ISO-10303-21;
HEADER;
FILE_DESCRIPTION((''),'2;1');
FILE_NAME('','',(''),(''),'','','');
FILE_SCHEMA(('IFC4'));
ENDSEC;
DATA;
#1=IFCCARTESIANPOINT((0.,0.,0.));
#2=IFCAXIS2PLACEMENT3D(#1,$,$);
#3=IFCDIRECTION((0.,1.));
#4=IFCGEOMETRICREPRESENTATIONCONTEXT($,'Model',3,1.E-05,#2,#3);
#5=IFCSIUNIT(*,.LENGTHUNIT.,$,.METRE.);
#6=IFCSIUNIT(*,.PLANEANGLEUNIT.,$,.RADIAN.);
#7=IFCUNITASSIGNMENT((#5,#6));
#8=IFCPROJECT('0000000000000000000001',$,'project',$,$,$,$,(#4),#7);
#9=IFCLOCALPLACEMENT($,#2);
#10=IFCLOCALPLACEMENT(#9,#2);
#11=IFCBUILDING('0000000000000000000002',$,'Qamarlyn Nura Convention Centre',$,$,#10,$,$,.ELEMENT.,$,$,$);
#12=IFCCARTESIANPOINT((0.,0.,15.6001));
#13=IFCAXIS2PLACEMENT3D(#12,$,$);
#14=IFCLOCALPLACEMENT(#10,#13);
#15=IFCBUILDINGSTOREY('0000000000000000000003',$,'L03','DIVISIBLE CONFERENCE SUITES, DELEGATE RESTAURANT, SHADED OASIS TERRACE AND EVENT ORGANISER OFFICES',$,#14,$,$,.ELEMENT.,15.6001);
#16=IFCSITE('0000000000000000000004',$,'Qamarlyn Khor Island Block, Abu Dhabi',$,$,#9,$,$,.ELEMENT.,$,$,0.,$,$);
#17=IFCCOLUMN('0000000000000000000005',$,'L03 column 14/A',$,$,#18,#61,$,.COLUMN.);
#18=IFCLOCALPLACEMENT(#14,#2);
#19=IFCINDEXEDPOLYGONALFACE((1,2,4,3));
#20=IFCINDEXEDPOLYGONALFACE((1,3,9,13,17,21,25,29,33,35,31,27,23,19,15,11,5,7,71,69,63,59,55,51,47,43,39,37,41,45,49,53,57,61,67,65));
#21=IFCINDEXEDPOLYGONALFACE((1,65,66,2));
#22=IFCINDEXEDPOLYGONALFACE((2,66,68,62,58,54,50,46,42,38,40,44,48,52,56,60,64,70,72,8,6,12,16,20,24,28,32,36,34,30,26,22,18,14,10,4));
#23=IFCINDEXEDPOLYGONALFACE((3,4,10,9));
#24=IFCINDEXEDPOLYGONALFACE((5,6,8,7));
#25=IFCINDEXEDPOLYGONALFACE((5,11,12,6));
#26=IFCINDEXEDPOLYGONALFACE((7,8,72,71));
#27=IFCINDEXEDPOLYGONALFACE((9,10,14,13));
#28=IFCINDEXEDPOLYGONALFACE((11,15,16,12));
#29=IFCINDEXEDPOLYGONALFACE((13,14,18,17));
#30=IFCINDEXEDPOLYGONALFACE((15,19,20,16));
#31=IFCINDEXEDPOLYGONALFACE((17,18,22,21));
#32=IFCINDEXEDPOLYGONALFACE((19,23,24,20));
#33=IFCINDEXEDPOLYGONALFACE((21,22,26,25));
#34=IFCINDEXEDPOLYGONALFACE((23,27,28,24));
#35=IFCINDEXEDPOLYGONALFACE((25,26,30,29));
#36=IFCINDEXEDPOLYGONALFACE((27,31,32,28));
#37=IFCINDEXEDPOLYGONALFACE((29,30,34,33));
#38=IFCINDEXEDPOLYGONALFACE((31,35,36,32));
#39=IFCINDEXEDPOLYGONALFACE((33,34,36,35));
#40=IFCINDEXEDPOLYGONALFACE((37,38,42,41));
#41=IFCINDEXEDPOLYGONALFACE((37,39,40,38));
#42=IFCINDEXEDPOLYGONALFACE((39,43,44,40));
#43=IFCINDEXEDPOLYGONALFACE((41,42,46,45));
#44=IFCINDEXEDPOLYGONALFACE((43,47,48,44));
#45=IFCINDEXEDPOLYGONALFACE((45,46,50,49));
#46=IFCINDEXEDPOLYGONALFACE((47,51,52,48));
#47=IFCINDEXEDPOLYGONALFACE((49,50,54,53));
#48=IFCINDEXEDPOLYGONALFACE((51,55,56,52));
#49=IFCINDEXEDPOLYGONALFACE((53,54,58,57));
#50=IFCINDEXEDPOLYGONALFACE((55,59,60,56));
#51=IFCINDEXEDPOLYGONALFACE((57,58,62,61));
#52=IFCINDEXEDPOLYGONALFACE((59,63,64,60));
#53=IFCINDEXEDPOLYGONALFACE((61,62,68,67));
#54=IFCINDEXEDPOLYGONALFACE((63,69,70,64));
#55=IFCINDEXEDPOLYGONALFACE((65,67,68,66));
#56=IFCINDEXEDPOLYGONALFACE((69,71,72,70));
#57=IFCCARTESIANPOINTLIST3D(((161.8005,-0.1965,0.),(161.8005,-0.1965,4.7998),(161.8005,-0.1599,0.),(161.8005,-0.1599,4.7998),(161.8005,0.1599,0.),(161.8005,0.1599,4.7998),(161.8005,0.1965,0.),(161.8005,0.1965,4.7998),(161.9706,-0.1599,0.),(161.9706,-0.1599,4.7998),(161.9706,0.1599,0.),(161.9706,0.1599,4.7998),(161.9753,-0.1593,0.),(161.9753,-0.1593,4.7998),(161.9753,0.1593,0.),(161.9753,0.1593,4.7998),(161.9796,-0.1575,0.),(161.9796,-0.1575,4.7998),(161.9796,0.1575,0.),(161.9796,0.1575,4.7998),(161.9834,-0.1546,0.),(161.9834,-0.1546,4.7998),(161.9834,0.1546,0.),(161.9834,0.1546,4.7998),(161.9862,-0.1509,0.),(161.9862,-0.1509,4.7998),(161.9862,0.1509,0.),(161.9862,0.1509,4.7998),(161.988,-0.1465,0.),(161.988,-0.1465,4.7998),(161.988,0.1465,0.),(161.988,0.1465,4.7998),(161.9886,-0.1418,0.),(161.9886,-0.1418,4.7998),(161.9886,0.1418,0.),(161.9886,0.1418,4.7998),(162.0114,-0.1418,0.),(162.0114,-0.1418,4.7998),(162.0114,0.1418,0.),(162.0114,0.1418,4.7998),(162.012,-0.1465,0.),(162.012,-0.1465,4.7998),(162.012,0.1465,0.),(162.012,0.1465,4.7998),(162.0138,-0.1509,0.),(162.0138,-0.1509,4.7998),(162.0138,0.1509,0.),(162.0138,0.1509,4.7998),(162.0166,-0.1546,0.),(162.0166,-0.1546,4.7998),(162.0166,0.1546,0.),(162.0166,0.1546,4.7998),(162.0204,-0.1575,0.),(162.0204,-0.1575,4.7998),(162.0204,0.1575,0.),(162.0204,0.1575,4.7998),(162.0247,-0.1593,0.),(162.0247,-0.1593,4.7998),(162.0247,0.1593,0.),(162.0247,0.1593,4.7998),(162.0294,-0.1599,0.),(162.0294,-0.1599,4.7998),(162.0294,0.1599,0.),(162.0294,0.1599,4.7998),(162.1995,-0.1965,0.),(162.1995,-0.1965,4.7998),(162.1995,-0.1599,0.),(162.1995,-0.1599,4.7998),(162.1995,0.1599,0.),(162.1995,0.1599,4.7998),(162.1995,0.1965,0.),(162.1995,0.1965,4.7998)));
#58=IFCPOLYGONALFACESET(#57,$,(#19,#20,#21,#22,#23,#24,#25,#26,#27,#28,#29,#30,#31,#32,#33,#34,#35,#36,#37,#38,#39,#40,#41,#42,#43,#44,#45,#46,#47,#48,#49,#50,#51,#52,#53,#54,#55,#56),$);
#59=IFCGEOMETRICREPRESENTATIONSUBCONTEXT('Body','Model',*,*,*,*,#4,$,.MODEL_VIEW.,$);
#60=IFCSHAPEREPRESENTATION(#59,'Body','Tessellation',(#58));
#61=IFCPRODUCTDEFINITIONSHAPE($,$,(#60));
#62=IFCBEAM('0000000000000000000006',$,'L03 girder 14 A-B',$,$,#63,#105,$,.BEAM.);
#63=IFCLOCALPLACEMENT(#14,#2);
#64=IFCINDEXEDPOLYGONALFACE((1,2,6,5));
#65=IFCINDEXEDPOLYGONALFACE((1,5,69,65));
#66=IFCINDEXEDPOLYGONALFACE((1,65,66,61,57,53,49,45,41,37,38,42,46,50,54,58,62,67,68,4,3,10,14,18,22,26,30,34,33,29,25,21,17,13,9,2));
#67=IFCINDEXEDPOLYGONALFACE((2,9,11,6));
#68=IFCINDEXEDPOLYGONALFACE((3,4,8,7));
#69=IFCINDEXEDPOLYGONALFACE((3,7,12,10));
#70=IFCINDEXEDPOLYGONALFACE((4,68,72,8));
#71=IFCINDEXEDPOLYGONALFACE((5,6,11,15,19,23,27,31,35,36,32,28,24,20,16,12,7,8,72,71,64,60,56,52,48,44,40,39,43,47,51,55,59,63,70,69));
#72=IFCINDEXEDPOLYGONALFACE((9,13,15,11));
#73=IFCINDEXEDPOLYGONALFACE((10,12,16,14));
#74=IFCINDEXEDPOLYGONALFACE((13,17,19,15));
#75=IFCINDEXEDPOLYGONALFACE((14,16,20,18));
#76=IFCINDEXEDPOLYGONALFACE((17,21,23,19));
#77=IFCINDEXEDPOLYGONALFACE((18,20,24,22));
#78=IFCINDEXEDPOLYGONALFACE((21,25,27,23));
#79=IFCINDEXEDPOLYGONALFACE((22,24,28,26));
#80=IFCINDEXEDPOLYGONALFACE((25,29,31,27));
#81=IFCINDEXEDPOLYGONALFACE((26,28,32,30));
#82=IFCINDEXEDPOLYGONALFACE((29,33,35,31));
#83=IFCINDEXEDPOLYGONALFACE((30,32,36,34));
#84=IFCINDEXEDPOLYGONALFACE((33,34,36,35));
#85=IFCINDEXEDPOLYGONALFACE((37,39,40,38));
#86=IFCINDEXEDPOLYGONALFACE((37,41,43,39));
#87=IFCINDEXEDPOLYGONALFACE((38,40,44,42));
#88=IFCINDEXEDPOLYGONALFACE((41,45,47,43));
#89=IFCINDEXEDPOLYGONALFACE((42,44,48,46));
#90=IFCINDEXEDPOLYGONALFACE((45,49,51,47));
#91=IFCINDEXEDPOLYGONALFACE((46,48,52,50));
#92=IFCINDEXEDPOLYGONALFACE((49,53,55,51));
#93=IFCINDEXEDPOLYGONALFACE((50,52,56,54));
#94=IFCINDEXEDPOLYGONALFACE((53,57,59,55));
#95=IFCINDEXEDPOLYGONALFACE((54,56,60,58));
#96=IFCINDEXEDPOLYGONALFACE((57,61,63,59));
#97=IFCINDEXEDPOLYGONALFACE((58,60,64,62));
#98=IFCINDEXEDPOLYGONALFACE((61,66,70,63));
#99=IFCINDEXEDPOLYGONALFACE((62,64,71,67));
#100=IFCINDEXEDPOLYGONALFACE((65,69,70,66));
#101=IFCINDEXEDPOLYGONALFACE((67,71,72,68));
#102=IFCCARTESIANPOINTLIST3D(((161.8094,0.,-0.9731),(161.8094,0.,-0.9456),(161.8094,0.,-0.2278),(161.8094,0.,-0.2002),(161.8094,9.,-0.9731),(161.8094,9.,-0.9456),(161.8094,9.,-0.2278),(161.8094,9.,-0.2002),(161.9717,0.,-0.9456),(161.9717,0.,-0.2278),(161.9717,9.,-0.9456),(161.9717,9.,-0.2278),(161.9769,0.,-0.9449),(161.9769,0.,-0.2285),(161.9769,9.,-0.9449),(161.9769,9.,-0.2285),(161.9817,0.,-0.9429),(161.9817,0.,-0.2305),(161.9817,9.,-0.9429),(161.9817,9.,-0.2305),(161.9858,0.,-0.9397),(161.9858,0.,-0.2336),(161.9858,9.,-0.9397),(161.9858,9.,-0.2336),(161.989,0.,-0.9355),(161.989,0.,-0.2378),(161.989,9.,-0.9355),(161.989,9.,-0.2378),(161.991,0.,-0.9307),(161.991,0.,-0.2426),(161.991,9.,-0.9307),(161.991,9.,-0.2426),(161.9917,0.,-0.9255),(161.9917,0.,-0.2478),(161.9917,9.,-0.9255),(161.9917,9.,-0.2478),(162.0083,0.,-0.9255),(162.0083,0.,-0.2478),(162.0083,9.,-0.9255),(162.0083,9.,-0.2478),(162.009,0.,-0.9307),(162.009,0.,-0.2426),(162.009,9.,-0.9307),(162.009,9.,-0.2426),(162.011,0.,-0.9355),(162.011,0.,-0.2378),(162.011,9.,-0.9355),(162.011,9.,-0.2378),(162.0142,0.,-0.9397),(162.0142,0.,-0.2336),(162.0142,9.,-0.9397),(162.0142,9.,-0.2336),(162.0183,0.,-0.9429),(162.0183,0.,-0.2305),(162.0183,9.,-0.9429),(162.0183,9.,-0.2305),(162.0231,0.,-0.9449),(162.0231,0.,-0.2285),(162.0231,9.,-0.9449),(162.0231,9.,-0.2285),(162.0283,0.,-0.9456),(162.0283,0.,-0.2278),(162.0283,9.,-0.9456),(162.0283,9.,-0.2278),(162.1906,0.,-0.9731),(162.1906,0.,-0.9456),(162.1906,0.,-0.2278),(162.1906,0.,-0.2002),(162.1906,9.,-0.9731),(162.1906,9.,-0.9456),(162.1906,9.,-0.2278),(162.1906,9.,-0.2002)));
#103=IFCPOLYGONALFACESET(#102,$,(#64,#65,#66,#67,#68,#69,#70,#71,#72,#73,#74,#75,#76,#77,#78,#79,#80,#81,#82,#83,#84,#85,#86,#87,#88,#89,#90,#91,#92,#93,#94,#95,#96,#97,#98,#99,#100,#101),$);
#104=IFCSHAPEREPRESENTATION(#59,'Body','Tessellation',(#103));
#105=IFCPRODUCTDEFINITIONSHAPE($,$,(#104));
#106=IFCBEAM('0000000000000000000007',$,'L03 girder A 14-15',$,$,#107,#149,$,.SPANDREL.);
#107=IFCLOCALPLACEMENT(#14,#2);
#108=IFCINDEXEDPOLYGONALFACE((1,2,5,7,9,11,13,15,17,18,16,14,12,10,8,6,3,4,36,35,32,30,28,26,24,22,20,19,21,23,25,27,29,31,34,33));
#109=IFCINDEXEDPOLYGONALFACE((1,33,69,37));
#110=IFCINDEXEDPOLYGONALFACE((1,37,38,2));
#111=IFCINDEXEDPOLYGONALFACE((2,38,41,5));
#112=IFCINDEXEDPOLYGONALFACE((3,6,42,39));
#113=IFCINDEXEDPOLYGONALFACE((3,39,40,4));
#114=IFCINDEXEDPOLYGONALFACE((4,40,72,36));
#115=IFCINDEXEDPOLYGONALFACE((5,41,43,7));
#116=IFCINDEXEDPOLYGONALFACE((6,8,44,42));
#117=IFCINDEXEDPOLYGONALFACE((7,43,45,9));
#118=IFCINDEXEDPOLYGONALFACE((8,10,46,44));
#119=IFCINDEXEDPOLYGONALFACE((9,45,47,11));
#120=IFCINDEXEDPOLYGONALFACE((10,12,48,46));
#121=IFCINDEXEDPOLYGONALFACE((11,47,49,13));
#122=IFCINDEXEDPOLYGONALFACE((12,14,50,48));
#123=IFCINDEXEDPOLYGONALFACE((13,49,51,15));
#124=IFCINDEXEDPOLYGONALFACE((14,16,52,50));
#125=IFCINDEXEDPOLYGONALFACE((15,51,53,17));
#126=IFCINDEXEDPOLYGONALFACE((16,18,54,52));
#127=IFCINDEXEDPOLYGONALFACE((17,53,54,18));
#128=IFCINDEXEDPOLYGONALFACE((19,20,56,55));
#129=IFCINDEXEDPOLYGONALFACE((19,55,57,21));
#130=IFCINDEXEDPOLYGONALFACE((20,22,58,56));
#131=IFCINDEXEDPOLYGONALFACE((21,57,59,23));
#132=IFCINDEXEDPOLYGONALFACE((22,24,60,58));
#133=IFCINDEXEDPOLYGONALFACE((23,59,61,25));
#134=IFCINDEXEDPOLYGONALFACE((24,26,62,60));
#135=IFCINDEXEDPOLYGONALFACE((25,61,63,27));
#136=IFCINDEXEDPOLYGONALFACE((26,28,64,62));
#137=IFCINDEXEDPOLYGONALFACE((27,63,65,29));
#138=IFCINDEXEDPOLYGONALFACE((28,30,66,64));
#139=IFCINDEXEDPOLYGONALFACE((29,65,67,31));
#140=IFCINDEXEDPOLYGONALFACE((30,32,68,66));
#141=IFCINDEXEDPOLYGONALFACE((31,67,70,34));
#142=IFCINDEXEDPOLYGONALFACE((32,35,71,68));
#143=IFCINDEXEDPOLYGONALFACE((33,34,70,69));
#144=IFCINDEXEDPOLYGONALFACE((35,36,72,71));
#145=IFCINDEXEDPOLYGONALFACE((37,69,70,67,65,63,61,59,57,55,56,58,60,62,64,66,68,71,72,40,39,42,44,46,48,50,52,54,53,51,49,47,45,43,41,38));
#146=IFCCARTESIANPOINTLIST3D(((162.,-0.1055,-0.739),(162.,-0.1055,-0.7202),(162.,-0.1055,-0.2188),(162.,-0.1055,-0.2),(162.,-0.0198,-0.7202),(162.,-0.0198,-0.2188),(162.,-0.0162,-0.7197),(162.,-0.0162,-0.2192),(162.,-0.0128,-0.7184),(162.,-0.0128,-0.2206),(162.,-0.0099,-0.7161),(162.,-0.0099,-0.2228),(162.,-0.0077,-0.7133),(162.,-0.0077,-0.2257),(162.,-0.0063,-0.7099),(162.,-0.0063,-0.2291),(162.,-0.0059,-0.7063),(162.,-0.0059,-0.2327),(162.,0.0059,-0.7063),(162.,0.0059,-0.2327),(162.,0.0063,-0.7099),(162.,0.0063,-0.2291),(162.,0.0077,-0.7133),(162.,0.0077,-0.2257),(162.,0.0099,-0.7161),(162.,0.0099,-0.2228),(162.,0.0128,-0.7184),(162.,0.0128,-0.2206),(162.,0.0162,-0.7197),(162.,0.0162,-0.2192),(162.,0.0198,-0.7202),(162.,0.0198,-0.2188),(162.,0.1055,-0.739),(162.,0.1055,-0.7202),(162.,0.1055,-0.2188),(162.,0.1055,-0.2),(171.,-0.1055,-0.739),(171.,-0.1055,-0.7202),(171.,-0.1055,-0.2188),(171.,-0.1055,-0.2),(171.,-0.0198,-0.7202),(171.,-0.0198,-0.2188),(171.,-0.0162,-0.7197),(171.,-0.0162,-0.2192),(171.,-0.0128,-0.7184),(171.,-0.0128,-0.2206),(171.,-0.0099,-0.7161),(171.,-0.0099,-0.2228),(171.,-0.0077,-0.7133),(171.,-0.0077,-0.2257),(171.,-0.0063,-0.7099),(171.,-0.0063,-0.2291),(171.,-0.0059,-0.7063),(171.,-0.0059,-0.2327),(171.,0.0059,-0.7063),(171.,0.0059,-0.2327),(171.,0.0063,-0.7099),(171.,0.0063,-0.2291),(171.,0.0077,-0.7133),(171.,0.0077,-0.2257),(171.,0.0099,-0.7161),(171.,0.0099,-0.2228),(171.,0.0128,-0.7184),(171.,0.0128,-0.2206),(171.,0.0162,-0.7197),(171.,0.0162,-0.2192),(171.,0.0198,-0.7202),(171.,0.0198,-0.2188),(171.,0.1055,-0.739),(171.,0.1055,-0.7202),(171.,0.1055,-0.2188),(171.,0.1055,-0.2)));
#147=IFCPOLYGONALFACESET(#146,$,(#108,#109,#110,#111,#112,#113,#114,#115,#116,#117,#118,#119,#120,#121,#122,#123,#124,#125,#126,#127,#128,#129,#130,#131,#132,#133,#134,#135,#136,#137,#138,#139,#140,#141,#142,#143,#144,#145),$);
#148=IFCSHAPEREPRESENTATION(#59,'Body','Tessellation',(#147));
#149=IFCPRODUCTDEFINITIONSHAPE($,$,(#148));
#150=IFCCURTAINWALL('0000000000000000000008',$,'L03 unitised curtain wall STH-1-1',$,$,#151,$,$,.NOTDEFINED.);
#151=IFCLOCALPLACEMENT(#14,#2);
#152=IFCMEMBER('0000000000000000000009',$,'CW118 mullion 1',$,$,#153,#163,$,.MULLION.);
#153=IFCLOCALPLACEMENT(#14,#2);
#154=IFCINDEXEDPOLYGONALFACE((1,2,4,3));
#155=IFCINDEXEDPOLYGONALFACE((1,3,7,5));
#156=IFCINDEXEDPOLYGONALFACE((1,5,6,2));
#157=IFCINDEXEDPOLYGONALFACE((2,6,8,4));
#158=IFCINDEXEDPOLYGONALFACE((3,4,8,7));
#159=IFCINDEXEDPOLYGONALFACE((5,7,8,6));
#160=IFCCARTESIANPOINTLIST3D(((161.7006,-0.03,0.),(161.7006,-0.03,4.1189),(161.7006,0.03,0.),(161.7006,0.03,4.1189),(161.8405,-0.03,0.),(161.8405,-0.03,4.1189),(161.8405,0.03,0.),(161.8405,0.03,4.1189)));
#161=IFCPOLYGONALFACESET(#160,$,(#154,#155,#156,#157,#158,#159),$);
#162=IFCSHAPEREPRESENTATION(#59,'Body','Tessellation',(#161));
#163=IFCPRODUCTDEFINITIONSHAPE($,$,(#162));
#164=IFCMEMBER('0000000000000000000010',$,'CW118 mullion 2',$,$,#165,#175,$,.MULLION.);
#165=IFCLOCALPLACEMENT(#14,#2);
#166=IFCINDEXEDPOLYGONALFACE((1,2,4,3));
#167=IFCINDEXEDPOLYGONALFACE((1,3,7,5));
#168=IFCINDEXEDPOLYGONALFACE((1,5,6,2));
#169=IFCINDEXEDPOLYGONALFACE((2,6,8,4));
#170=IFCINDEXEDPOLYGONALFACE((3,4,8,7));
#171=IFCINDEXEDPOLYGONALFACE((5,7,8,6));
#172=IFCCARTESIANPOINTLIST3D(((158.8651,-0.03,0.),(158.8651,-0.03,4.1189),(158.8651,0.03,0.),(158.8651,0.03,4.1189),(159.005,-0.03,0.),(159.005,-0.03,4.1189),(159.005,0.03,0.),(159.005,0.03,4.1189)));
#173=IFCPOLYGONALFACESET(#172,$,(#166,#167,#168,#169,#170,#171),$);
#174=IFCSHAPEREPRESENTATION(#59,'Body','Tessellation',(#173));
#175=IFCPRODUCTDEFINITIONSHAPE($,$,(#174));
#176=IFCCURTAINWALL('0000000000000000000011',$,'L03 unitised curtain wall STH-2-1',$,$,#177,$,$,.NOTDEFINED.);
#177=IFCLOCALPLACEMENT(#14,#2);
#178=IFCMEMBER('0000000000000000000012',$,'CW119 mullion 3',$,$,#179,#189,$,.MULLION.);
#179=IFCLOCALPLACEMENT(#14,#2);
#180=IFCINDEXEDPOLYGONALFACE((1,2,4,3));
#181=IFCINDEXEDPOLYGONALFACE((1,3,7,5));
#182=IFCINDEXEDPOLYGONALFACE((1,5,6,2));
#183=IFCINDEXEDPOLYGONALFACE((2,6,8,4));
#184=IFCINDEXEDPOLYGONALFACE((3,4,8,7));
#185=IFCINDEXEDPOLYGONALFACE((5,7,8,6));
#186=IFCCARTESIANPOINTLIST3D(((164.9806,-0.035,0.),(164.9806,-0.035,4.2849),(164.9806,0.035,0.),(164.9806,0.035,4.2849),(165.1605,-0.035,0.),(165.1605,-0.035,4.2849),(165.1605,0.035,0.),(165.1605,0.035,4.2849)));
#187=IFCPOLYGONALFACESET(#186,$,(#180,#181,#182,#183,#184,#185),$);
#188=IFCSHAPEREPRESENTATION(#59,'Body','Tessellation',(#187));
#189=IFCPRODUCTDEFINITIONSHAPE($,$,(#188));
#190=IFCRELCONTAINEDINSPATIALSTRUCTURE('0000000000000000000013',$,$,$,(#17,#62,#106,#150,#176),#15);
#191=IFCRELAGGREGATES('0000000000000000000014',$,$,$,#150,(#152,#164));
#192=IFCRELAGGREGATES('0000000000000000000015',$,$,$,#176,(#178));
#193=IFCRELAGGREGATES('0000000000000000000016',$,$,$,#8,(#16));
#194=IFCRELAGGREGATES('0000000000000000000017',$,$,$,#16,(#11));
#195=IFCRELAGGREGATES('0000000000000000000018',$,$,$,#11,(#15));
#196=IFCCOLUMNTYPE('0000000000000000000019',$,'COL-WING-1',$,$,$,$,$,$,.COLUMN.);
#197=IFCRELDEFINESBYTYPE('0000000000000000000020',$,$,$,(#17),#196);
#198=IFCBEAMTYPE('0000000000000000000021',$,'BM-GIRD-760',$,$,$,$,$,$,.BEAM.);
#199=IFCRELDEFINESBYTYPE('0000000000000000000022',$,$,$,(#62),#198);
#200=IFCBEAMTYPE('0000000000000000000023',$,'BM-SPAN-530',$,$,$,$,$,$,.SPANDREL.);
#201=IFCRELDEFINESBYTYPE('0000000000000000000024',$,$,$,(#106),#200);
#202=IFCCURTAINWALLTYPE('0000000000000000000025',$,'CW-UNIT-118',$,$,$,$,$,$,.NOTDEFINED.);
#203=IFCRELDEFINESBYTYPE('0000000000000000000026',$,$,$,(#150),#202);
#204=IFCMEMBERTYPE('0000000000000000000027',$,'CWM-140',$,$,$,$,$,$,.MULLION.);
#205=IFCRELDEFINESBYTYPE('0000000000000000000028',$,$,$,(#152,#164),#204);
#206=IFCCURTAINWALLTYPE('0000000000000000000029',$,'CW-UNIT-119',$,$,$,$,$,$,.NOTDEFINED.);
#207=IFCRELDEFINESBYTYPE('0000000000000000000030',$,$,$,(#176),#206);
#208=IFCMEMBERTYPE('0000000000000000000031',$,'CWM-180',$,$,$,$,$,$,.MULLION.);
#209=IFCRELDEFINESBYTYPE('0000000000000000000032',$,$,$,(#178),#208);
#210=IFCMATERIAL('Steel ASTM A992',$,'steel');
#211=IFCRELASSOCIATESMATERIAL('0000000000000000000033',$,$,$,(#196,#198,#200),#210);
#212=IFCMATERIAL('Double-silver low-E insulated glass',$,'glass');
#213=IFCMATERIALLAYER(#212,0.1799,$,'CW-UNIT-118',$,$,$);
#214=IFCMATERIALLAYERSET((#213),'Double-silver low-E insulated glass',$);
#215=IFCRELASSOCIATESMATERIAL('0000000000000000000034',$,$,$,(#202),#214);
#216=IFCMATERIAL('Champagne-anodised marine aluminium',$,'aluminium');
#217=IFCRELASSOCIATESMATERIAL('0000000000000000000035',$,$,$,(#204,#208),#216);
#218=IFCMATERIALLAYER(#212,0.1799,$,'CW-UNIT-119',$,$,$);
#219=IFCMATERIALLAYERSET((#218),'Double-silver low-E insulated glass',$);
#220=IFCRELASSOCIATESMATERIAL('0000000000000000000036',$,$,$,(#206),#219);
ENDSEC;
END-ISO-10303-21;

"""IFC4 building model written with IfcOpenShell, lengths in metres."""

from ifc_helpers import new_model, si_unit, direction, frame, origin, origin_2d, place, context, subcontext, project, spatial, rectangle, i_section, extrude, material, layer, layer_set, material_profile, profile_set, type_object, element, aggregate, save


model = new_model("IFC4")

# Units and contexts
model_context = context("Model", 3, precision=1e-05, world=origin(), true_north=direction((0.0, 1.0)))
body_context = subcontext(model_context, "Body", "Model", "MODEL_VIEW")
ifc_project = project(units=[si_unit("LENGTHUNIT", "METRE"), si_unit("PLANEANGLEUNIT", "RADIAN")], contexts=[model_context])

# Site, building, storey
site_placement = place(None, origin())
site = spatial("IfcSite", under=ifc_project, at=site_placement, Name="Qamarlyn Khor Island Block, Abu Dhabi", CompositionType="ELEMENT", RefElevation=0.0)
building_placement = place(site_placement, origin())
building = spatial("IfcBuilding", under=site, at=building_placement, Name="Qamarlyn Nura Convention Centre", CompositionType="ELEMENT")
storey_placement = place(building_placement, frame((0.0, 0.0, 15.6001)))
storey = spatial("IfcBuildingStorey", under=building, at=storey_placement, Name="L03", Description="DIVISIBLE CONFERENCE SUITES, DELEGATE RESTAURANT, SHADED OASIS TERRACE AND EVENT ORGANISER OFFICES", CompositionType="ELEMENT", Elevation=15.6001)

# Column
ifc_material_1 = material(Name="Steel ASTM A992", Category="steel")
ifc_material_profile_1 = material_profile(ifc_material_1, i_section(OverallWidth=0.3989, OverallDepth=0.3931, WebThickness=0.0227, FlangeThickness=0.0366, FilletRadius=0.0181, at=origin_2d()), Name="W360X287")
ifc_profile_set_1 = profile_set([ifc_material_profile_1], Name="Steel ASTM A992")
column_type = type_object("IfcColumnType", Name="COL-WING-1", PredefinedType="COLUMN", material=ifc_profile_set_1)
column_placement = place(storey_placement, frame((162.0, 0.0, 0.0), z_axis=(0.0, 0.0, 1.0), x_axis=(1.0, 0.0, 0.0)))
element("IfcColumn", 1, at=column_placement, inside=storey, type_object=column_type, Name="L03 column 14/A", PredefinedType="COLUMN", context=body_context, shape_type="SweptSolid", body=[
    extrude(i_section(OverallWidth=0.3989, OverallDepth=0.3931, WebThickness=0.0227, FlangeThickness=0.0366, FilletRadius=0.0181, at=origin_2d()), origin(), (0.0, 0.0, 1.0), 4.7998),
])

# Beams
ifc_material_profile_2 = material_profile(ifc_material_1, i_section(OverallWidth=0.3811, OverallDepth=0.7729, WebThickness=0.0166, FlangeThickness=0.0276, FilletRadius=0.02, at=origin_2d()), Name="W760X257")
ifc_profile_set_2 = profile_set([ifc_material_profile_2], Name="Steel ASTM A992")
beam_type_1 = type_object("IfcBeamType", Name="BM-GIRD-760", PredefinedType="BEAM", material=ifc_profile_set_2)
beam_1_placement = place(storey_placement, frame((162.0, 0.0, -0.5867), z_axis=(0.0, 1.0, 0.0), x_axis=(-1.0, 0.0, 0.0)))
element("IfcBeam", 2, at=beam_1_placement, inside=storey, type_object=beam_type_1, Name="L03 girder 14 A-B", PredefinedType="BEAM", context=body_context, shape_type="SweptSolid", body=[
    extrude(i_section(OverallWidth=0.3811, OverallDepth=0.7729, WebThickness=0.0166, FlangeThickness=0.0276, FilletRadius=0.02, at=origin_2d()), origin(), (0.0, 0.0, 1.0), 9.0),
])
ifc_material_profile_3 = material_profile(ifc_material_1, i_section(OverallWidth=0.2109, OverallDepth=0.5391, WebThickness=0.0117, FlangeThickness=0.0188, FilletRadius=0.0139, at=origin_2d()), Name="W530X109")
ifc_profile_set_3 = profile_set([ifc_material_profile_3], Name="Steel ASTM A992")
beam_type_2 = type_object("IfcBeamType", Name="BM-SPAN-530", PredefinedType="SPANDREL", material=ifc_profile_set_3)
beam_2_placement = place(storey_placement, frame((162.0, 0.0, -0.4695), z_axis=(1.0, 0.0, 0.0), x_axis=(0.0, 1.0, 0.0)))
element("IfcBeam", 3, at=beam_2_placement, inside=storey, type_object=beam_type_2, Name="L03 girder A 14-15", PredefinedType="SPANDREL", context=body_context, shape_type="SweptSolid", body=[
    extrude(i_section(OverallWidth=0.2109, OverallDepth=0.5391, WebThickness=0.0117, FlangeThickness=0.0188, FilletRadius=0.0139, at=origin_2d()), origin(), (0.0, 0.0, 1.0), 9.0),
])

# Curtain walls, members
ifc_material_2 = material(Name="Double-silver low-E insulated glass", Category="glass")
ifc_layer_1 = layer(ifc_material_2, 0.1799, Name="CW-UNIT-118")
ifc_layer_set_1 = layer_set([ifc_layer_1], Name="Double-silver low-E insulated glass")
curtain_wall_type_1 = type_object("IfcCurtainWallType", Name="CW-UNIT-118", PredefinedType="NOTDEFINED", material=ifc_layer_set_1)
curtain_wall_1_placement = place(storey_placement, origin())
curtain_wall_1 = element("IfcCurtainWall", 4, at=curtain_wall_1_placement, inside=storey, type_object=curtain_wall_type_1, Name="L03 unitised curtain wall STH-1-1", PredefinedType="NOTDEFINED")
ifc_material_3 = material(Name="Champagne-anodised marine aluminium", Category="aluminium")
ifc_material_profile_4 = material_profile(ifc_material_3, rectangle(XDim=0.0601, YDim=0.1399, at=origin_2d()), Name="ALU MULLION 60x140")
ifc_profile_set_4 = profile_set([ifc_material_profile_4], Name="Champagne-anodised marine aluminium")
member_type_1 = type_object("IfcMemberType", Name="CWM-140", PredefinedType="MULLION", material=ifc_profile_set_4)
member_1_placement = place(storey_placement, frame((161.7705, 0.0, 0.0), z_axis=(0.0, 0.0, 1.0), x_axis=(0.0, -1.0, 0.0)))
member_1 = element("IfcMember", 5, at=member_1_placement, type_object=member_type_1, Name="CW118 mullion 1", PredefinedType="MULLION", context=body_context, shape_type="SweptSolid", body=[
    extrude(rectangle(XDim=0.0601, YDim=0.1399, at=origin_2d()), origin(), (0.0, 0.0, 1.0), 4.1189),
])
member_2_placement = place(storey_placement, frame((158.9351, 0.0, 0.0), z_axis=(0.0, 0.0, 1.0), x_axis=(0.0, -1.0, 0.0)))
member_2 = element("IfcMember", 6, at=member_2_placement, type_object=member_type_1, Name="CW118 mullion 2", PredefinedType="MULLION", context=body_context, shape_type="SweptSolid", body=[
    extrude(rectangle(XDim=0.0601, YDim=0.1399, at=origin_2d()), origin(), (0.0, 0.0, 1.0), 4.1189),
])
ifc_layer_2 = layer(ifc_material_2, 0.1799, Name="CW-UNIT-119")
ifc_layer_set_2 = layer_set([ifc_layer_2], Name="Double-silver low-E insulated glass")
curtain_wall_type_2 = type_object("IfcCurtainWallType", Name="CW-UNIT-119", PredefinedType="NOTDEFINED", material=ifc_layer_set_2)
curtain_wall_2_placement = place(storey_placement, origin())
curtain_wall_2 = element("IfcCurtainWall", 7, at=curtain_wall_2_placement, inside=storey, type_object=curtain_wall_type_2, Name="L03 unitised curtain wall STH-2-1", PredefinedType="NOTDEFINED")
ifc_material_profile_5 = material_profile(ifc_material_3, rectangle(XDim=0.0701, YDim=0.1799, at=origin_2d()), Name="ALU MULLION 70x180")
ifc_profile_set_5 = profile_set([ifc_material_profile_5], Name="Champagne-anodised marine aluminium")
member_type_2 = type_object("IfcMemberType", Name="CWM-180", PredefinedType="MULLION", material=ifc_profile_set_5)
member_3_placement = place(storey_placement, frame((165.0706, 0.0, 0.0), z_axis=(0.0, 0.0, 1.0), x_axis=(0.0, -1.0, 0.0)))
member_3 = element("IfcMember", 8, at=member_3_placement, type_object=member_type_2, Name="CW119 mullion 3", PredefinedType="MULLION", context=body_context, shape_type="SweptSolid", body=[
    extrude(rectangle(XDim=0.0701, YDim=0.1799, at=origin_2d()), origin(), (0.0, 0.0, 1.0), 4.2849),
])

aggregate(curtain_wall_1, [member_1, member_2])
aggregate(curtain_wall_2, [member_3])

save(model, "model.ifc")
